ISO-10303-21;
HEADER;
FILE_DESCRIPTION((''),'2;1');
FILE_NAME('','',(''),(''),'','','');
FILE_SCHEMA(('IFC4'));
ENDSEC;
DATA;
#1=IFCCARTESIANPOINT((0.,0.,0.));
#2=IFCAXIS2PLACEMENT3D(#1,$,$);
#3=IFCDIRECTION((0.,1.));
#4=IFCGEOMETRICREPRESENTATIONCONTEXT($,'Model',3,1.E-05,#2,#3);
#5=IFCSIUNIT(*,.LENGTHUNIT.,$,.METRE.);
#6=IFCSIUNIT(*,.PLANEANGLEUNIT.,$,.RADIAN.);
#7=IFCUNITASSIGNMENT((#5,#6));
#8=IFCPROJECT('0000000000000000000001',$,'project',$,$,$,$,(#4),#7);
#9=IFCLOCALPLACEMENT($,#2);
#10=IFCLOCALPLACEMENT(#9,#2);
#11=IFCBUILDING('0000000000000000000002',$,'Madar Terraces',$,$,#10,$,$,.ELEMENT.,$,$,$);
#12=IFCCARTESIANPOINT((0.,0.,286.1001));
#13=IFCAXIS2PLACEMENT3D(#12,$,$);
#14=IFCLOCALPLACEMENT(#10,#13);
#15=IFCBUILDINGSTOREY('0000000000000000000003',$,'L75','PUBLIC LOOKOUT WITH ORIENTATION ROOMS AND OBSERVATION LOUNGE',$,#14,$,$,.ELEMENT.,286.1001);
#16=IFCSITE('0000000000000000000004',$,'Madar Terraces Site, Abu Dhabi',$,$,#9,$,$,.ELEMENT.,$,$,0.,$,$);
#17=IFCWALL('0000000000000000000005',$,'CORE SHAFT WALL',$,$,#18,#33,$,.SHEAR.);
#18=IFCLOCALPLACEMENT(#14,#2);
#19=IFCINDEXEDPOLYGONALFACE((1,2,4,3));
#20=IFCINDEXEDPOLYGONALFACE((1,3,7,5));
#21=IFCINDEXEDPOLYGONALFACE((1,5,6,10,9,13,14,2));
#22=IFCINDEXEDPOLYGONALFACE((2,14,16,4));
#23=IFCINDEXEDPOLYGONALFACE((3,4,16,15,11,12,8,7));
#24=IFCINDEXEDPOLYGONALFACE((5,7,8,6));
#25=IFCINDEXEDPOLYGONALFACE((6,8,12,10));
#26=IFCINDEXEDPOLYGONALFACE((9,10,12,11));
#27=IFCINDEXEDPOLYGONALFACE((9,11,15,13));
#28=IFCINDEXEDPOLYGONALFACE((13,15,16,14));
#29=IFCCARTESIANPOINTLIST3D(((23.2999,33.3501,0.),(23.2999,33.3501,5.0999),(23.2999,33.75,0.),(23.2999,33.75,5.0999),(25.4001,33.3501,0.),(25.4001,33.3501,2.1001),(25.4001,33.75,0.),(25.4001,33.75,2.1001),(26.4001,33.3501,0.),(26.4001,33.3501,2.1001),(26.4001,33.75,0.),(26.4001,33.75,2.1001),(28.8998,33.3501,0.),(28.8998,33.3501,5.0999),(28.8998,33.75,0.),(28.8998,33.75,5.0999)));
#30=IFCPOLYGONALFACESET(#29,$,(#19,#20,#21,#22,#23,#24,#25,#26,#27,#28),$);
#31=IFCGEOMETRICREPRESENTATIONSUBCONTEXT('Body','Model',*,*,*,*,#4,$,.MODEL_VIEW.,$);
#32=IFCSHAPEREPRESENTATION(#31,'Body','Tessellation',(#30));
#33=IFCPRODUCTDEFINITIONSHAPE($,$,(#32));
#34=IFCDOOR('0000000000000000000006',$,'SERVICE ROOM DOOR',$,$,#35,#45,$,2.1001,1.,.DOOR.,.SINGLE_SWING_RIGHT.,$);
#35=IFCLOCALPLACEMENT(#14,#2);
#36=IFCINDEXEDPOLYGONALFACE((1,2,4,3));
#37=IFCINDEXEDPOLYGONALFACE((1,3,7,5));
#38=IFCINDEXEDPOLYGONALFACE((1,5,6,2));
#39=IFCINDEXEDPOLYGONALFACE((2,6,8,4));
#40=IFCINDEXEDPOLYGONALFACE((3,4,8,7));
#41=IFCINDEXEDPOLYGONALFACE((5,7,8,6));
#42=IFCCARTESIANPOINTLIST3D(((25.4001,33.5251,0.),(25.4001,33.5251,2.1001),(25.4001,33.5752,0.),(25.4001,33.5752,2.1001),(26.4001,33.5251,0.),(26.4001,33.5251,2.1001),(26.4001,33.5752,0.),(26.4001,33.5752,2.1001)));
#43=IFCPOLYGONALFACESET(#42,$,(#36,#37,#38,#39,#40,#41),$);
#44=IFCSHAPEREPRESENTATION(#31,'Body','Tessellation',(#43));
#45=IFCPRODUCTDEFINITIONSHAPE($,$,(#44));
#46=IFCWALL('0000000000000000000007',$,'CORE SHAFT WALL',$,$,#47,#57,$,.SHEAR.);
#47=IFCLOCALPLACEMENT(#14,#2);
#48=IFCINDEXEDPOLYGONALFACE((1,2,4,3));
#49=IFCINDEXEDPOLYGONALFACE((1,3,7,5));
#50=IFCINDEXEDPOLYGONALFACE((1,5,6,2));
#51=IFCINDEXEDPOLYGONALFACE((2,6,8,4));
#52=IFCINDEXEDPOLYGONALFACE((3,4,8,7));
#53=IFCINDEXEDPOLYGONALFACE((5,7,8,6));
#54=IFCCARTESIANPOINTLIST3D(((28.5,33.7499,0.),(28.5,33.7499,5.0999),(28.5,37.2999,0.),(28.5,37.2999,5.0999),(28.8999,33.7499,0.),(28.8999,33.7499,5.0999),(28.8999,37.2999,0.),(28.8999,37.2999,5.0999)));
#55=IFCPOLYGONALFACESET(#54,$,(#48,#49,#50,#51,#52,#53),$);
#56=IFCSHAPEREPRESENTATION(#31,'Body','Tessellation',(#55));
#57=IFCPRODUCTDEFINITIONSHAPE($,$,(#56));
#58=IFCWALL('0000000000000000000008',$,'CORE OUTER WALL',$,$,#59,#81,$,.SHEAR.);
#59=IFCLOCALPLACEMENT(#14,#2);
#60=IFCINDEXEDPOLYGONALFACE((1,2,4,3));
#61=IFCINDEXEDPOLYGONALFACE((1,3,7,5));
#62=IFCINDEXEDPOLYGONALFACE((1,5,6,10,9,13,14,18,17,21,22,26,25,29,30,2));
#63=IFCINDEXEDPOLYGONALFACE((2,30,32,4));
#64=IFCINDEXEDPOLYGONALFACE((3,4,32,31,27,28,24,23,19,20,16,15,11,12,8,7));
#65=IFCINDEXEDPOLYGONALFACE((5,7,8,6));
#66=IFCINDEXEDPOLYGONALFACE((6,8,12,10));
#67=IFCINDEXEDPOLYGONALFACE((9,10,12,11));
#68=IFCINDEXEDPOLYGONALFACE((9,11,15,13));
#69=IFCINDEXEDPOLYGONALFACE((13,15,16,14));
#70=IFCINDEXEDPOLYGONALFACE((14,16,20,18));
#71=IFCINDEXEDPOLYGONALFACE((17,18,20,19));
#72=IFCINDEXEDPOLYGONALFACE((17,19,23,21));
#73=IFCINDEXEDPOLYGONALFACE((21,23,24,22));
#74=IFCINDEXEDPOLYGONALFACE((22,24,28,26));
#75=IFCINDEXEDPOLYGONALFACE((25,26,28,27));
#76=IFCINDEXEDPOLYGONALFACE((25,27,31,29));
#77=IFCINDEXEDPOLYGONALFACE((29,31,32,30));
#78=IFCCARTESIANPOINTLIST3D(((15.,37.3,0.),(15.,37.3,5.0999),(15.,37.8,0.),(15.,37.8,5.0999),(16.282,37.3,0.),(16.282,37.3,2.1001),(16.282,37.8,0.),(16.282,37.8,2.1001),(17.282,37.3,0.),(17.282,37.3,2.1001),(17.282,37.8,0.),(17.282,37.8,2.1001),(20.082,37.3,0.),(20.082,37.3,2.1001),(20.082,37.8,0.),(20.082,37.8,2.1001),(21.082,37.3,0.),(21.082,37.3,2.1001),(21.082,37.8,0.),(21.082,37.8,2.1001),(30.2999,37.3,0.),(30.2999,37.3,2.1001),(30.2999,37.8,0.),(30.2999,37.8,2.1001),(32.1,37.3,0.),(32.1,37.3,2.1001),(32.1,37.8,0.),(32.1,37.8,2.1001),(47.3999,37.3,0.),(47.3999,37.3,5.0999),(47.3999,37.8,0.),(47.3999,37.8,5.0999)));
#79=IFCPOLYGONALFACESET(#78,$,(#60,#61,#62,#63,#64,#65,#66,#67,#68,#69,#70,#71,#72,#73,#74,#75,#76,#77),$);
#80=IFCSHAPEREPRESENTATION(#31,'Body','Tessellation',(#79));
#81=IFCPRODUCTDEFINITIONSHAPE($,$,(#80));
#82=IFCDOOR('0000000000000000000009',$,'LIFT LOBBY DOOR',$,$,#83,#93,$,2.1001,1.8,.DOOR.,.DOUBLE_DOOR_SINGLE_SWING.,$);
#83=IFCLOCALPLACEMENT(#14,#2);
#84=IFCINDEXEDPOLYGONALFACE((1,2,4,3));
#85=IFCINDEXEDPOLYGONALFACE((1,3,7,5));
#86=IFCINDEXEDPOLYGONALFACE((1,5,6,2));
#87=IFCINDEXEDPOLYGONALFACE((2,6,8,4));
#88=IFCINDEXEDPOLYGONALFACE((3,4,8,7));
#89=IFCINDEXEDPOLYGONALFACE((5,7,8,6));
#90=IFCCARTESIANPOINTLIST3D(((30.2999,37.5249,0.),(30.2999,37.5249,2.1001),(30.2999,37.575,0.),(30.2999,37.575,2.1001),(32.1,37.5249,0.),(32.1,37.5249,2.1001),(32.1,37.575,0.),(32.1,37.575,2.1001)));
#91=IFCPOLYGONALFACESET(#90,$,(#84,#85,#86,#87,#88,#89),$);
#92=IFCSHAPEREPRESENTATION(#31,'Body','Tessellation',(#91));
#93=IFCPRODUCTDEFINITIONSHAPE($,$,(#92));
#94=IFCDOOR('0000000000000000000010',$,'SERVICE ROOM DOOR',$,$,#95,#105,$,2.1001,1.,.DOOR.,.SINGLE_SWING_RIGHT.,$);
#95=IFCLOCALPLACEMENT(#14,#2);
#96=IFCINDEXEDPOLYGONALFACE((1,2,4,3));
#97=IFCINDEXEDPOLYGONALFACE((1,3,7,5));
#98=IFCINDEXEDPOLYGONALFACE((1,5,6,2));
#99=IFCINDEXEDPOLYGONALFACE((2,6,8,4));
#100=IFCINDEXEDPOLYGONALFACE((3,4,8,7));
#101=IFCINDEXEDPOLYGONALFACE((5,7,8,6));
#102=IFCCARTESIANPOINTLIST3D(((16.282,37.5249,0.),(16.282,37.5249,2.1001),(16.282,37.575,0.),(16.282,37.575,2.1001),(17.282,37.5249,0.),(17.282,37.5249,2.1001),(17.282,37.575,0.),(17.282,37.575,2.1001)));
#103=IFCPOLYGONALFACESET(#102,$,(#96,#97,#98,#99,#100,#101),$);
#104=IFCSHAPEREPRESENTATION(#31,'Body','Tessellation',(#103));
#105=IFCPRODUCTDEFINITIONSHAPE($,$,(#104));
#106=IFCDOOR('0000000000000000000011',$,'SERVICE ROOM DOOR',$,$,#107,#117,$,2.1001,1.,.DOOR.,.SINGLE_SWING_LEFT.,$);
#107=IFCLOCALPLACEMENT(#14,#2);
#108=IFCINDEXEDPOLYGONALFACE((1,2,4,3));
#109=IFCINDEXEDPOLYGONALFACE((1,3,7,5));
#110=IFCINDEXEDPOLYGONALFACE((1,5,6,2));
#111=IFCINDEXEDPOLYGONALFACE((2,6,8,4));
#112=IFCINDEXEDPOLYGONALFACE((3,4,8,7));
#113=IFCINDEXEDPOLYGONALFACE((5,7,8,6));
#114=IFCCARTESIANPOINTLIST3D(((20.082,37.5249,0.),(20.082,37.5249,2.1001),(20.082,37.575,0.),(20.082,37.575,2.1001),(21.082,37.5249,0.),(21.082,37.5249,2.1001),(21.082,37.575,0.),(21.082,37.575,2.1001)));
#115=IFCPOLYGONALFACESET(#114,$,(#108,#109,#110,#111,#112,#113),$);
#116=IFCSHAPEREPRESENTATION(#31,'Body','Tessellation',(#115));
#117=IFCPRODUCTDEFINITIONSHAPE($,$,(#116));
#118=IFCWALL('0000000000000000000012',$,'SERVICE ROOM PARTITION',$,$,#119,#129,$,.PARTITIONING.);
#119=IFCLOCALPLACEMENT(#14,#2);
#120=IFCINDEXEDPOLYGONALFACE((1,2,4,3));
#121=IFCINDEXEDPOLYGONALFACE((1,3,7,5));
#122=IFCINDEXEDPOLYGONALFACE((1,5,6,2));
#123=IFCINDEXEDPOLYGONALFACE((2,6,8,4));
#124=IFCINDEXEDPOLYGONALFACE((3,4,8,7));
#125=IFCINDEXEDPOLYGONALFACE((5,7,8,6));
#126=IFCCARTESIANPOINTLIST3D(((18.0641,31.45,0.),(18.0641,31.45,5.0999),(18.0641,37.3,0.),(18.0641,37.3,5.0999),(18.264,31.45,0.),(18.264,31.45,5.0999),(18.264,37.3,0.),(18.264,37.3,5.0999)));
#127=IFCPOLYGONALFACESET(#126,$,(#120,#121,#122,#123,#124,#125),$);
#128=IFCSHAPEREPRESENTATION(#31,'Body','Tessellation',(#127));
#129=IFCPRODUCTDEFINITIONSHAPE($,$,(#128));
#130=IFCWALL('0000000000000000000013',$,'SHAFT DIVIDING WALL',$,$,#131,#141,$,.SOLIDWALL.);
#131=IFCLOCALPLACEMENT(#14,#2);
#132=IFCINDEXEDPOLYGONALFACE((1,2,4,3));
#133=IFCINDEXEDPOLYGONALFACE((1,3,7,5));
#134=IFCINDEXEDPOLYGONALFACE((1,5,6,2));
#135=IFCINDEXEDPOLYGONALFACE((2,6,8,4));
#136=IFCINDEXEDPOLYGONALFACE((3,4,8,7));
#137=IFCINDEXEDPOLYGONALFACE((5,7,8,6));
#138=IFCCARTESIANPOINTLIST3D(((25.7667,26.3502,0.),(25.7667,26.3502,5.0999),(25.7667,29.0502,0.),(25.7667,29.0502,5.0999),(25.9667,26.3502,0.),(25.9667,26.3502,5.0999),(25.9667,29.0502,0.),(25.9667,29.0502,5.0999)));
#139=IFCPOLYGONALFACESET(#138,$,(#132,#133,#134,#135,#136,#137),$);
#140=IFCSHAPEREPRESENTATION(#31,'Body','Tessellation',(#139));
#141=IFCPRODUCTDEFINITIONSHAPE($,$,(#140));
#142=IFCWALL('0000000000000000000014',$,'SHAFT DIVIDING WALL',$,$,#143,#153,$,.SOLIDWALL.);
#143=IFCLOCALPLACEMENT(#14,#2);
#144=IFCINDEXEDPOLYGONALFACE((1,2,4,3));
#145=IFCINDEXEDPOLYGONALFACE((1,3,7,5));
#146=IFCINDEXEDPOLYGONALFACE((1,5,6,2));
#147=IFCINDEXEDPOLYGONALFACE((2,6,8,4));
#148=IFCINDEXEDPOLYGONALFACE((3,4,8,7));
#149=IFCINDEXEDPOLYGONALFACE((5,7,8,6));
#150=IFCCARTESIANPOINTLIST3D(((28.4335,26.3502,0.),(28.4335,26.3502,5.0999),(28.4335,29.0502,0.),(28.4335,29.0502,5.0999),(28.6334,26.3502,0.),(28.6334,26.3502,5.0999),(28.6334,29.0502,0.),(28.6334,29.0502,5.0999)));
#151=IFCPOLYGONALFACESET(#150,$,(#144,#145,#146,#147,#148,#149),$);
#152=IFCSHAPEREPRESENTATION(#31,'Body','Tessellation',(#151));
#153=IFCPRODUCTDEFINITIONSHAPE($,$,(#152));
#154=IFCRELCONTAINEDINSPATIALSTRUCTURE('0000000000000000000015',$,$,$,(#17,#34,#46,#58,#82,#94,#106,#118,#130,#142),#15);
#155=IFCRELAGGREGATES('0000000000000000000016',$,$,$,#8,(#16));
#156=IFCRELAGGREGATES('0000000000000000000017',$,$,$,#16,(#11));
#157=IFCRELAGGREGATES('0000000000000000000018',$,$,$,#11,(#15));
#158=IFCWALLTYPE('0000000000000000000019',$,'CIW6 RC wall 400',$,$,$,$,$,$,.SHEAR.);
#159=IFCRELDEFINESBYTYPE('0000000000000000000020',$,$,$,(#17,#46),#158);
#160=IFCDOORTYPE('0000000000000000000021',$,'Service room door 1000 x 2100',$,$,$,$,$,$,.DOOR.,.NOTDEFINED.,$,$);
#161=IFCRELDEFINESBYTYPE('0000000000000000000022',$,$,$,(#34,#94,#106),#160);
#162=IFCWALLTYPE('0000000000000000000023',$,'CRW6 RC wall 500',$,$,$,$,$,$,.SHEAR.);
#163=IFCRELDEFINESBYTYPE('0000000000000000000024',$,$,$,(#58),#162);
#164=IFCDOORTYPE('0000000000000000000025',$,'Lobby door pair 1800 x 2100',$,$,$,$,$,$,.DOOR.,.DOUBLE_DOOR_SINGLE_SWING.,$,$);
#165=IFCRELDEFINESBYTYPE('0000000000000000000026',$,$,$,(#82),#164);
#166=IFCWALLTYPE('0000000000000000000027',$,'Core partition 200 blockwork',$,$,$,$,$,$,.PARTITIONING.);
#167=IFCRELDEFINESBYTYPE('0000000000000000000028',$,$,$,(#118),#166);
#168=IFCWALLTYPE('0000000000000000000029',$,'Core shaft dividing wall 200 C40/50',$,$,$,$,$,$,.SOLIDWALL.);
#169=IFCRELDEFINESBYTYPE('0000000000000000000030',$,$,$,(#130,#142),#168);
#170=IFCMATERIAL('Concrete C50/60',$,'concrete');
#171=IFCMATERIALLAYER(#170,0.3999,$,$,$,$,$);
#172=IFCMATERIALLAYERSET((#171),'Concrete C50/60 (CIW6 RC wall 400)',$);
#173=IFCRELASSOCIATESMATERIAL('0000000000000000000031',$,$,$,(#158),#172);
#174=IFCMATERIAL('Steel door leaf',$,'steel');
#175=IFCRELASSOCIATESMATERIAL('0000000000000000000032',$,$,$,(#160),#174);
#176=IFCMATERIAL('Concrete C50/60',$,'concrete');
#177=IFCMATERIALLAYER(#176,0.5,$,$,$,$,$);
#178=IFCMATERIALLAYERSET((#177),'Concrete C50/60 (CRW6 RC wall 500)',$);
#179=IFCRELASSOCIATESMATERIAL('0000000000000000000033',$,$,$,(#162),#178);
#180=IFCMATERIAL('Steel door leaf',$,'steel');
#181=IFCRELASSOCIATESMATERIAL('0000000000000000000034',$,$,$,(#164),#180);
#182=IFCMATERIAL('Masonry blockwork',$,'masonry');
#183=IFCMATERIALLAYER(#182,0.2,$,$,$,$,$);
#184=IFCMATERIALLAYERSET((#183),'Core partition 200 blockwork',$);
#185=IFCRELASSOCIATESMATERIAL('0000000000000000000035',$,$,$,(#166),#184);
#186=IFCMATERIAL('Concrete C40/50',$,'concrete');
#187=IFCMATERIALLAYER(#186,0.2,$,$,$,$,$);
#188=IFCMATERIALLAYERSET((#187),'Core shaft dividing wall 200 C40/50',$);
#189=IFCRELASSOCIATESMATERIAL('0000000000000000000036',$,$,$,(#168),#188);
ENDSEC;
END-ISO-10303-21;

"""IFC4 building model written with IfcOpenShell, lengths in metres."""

from ifc_helpers import new_model, si_unit, direction, frame, frame_2d, origin, place, context, subcontext, project, spatial, rectangle, extrude, material, layer, layer_set, type_object, element, fill, save


model = new_model("IFC4")

# Units and contexts
model_context = context("Model", 3, precision=1e-05, world=origin(), true_north=direction((0.0, 1.0)))
body_context = subcontext(model_context, "Body", "Model", "MODEL_VIEW")
ifc_project = project(units=[si_unit("LENGTHUNIT", "METRE"), si_unit("PLANEANGLEUNIT", "RADIAN")], contexts=[model_context])

# Site, building, storey
site_placement = place(None, origin())
site = spatial("IfcSite", under=ifc_project, at=site_placement, Name="Madar Terraces Site, Abu Dhabi", CompositionType="ELEMENT", RefElevation=0.0)
building_placement = place(site_placement, origin())
building = spatial("IfcBuilding", under=site, at=building_placement, Name="Madar Terraces", CompositionType="ELEMENT")
storey_placement = place(building_placement, frame((0.0, 0.0, 286.1001)))
storey = spatial("IfcBuildingStorey", under=building, at=storey_placement, Name="L75", Description="PUBLIC LOOKOUT WITH ORIENTATION ROOMS AND OBSERVATION LOUNGE", CompositionType="ELEMENT", Elevation=286.1001)

# Shared definitions
ifc_material_1 = material(Name="Concrete C50/60", Category="concrete")
ifc_layer_1 = layer(ifc_material_1, 0.3999)
ifc_layer_set_1 = layer_set([ifc_layer_1], Name="Concrete C50/60 (CIW6 RC wall 400)")
wall_type_1 = type_object("IfcWallType", Name="CIW6 RC wall 400", PredefinedType="SHEAR", material=ifc_layer_set_1)

# Wall, opening, door
wall_1_placement = place(storey_placement, frame((23.3, 33.55, 0.0), z_axis=(0.0, 0.0, 1.0), x_axis=(1.0, 0.0, 0.0)))
wall_1 = element("IfcWall", 1, at=wall_1_placement, inside=storey, type_object=wall_type_1, Name="CORE SHAFT WALL", PredefinedType="SHEAR", context=body_context, shape_type="SweptSolid", body=[
    extrude(rectangle(XDim=5.5999, YDim=0.3999, at=frame_2d((2.7998, 0.0))), origin(), (0.0, 0.0, 1.0), 5.0999),
])
opening_1_placement = place(wall_1_placement, frame((2.1001, 0.0, 0.0)))
opening_1 = element("IfcOpeningElement", 2, at=opening_1_placement, cuts=wall_1, PredefinedType="OPENING", context=body_context, shape_type="SweptSolid", body=[
    extrude(rectangle(XDim=1.0, YDim=2.1001, at=frame_2d((0.5, 1.05))), frame((0.0, 0.21, 0.0), z_axis=(0.0, -1.0, 0.0), x_axis=(1.0, 0.0, 0.0)), (0.0, 0.0, 1.0), 0.4199),
])
ifc_material_2 = material(Name="Steel door leaf", Category="steel")
door_type_1 = type_object("IfcDoorType", Name="Service room door 1000 x 2100", OperationType="NOTDEFINED", PredefinedType="DOOR", material=ifc_material_2)
door_1_placement = place(opening_1_placement, frame((1.0, 0.0, 0.0), z_axis=(0.0, 0.0, 1.0), x_axis=(-1.0, 0.0, 0.0)))
door_1 = element("IfcDoor", 3, at=door_1_placement, inside=storey, type_object=door_type_1, Name="SERVICE ROOM DOOR", OperationType="SINGLE_SWING_RIGHT", OverallHeight=2.1001, OverallWidth=1.0, PredefinedType="DOOR", context=body_context, shape_type="SweptSolid", body=[
    extrude(rectangle(XDim=1.0, YDim=2.1001, at=frame_2d((0.5, 1.05))), frame((0.0, 0.0249, 0.0), z_axis=(0.0, -1.0, 0.0), x_axis=(1.0, 0.0, 0.0)), (0.0, 0.0, 1.0), 0.05),
])
fill(opening_1, door_1)

# Wall
wall_2_placement = place(storey_placement, frame((28.7, 33.75, 0.0), z_axis=(0.0, 0.0, 1.0), x_axis=(0.0, 1.0, 0.0)))
element("IfcWall", 4, at=wall_2_placement, inside=storey, type_object=wall_type_1, Name="CORE SHAFT WALL", PredefinedType="SHEAR", context=body_context, shape_type="SweptSolid", body=[
    extrude(rectangle(XDim=3.55, YDim=0.3999, at=frame_2d((1.7749, 0.0))), origin(), (0.0, 0.0, 1.0), 5.0999),
])

# Wall, openings, doors
ifc_material_3 = material(Name="Concrete C50/60", Category="concrete")
ifc_layer_2 = layer(ifc_material_3, 0.5)
ifc_layer_set_2 = layer_set([ifc_layer_2], Name="Concrete C50/60 (CRW6 RC wall 500)")
wall_type_2 = type_object("IfcWallType", Name="CRW6 RC wall 500", PredefinedType="SHEAR", material=ifc_layer_set_2)
wall_3_placement = place(storey_placement, frame((15.0, 37.55, 0.0), z_axis=(0.0, 0.0, 1.0), x_axis=(1.0, 0.0, 0.0)))
wall_3 = element("IfcWall", 5, at=wall_3_placement, inside=storey, type_object=wall_type_2, Name="CORE OUTER WALL", PredefinedType="SHEAR", context=body_context, shape_type="SweptSolid", body=[
    extrude(rectangle(XDim=32.3999, YDim=0.5, at=frame_2d((16.2, 0.0))), origin(), (0.0, 0.0, 1.0), 5.0999),
])
opening_2_placement = place(wall_3_placement, frame((15.3, 0.0, 0.0)))
opening_2 = element("IfcOpeningElement", 6, at=opening_2_placement, cuts=wall_3, PredefinedType="OPENING", context=body_context, shape_type="SweptSolid", body=[
    extrude(rectangle(XDim=1.8, YDim=2.1001, at=frame_2d((0.8999, 1.05))), frame((0.0, 0.26, 0.0), z_axis=(0.0, -1.0, 0.0), x_axis=(1.0, 0.0, 0.0)), (0.0, 0.0, 1.0), 0.52),
])
opening_3_placement = place(wall_3_placement, frame((1.282, 0.0, 0.0)))
opening_3 = element("IfcOpeningElement", 7, at=opening_3_placement, cuts=wall_3, PredefinedType="OPENING", context=body_context, shape_type="SweptSolid", body=[
    extrude(rectangle(XDim=1.0, YDim=2.1001, at=frame_2d((0.5, 1.05))), frame((0.0, 0.26, 0.0), z_axis=(0.0, -1.0, 0.0), x_axis=(1.0, 0.0, 0.0)), (0.0, 0.0, 1.0), 0.52),
])
opening_4_placement = place(wall_3_placement, frame((5.082, 0.0, 0.0)))
opening_4 = element("IfcOpeningElement", 8, at=opening_4_placement, cuts=wall_3, PredefinedType="OPENING", context=body_context, shape_type="SweptSolid", body=[
    extrude(rectangle(XDim=1.0, YDim=2.1001, at=frame_2d((0.5, 1.05))), frame((0.0, 0.26, 0.0), z_axis=(0.0, -1.0, 0.0), x_axis=(1.0, 0.0, 0.0)), (0.0, 0.0, 1.0), 0.52),
])
ifc_material_4 = material(Name="Steel door leaf", Category="steel")
door_type_2 = type_object("IfcDoorType", Name="Lobby door pair 1800 x 2100", OperationType="DOUBLE_DOOR_SINGLE_SWING", PredefinedType="DOOR", material=ifc_material_4)
door_2_placement = place(opening_2_placement, origin())
door_2 = element("IfcDoor", 9, at=door_2_placement, inside=storey, type_object=door_type_2, Name="LIFT LOBBY DOOR", OperationType="DOUBLE_DOOR_SINGLE_SWING", OverallHeight=2.1001, OverallWidth=1.8, PredefinedType="DOOR", context=body_context, shape_type="SweptSolid", body=[
    extrude(rectangle(XDim=1.8, YDim=2.1001, at=frame_2d((0.8999, 1.05))), frame((0.0, 0.0249, 0.0), z_axis=(0.0, -1.0, 0.0), x_axis=(1.0, 0.0, 0.0)), (0.0, 0.0, 1.0), 0.05),
])
fill(opening_2, door_2)
door_3_placement = place(opening_3_placement, origin())
door_3 = element("IfcDoor", 10, at=door_3_placement, inside=storey, type_object=door_type_1, Name="SERVICE ROOM DOOR", OperationType="SINGLE_SWING_RIGHT", OverallHeight=2.1001, OverallWidth=1.0, PredefinedType="DOOR", context=body_context, shape_type="SweptSolid", body=[
    extrude(rectangle(XDim=1.0, YDim=2.1001, at=frame_2d((0.5, 1.05))), frame((0.0, 0.0249, 0.0), z_axis=(0.0, -1.0, 0.0), x_axis=(1.0, 0.0, 0.0)), (0.0, 0.0, 1.0), 0.05),
])
fill(opening_3, door_3)
door_4_placement = place(opening_4_placement, origin())
door_4 = element("IfcDoor", 11, at=door_4_placement, inside=storey, type_object=door_type_1, Name="SERVICE ROOM DOOR", OperationType="SINGLE_SWING_LEFT", OverallHeight=2.1001, OverallWidth=1.0, PredefinedType="DOOR", context=body_context, shape_type="SweptSolid", body=[
    extrude(rectangle(XDim=1.0, YDim=2.1001, at=frame_2d((0.5, 1.05))), frame((0.0, 0.0249, 0.0), z_axis=(0.0, -1.0, 0.0), x_axis=(1.0, 0.0, 0.0)), (0.0, 0.0, 1.0), 0.05),
])
fill(opening_4, door_4)

# Walls
ifc_material_5 = material(Name="Masonry blockwork", Category="masonry")
ifc_layer_3 = layer(ifc_material_5, 0.2)
ifc_layer_set_3 = layer_set([ifc_layer_3], Name="Core partition 200 blockwork")
wall_type_3 = type_object("IfcWallType", Name="Core partition 200 blockwork", PredefinedType="PARTITIONING", material=ifc_layer_set_3)
wall_4_placement = place(storey_placement, frame((18.1641, 31.45, 0.0), z_axis=(0.0, 0.0, 1.0), x_axis=(0.0, 1.0, 0.0)))
element("IfcWall", 12, at=wall_4_placement, inside=storey, type_object=wall_type_3, Name="SERVICE ROOM PARTITION", PredefinedType="PARTITIONING", context=body_context, shape_type="SweptSolid", body=[
    extrude(rectangle(XDim=5.8501, YDim=0.2, at=frame_2d((2.925, 0.0))), origin(), (0.0, 0.0, 1.0), 5.0999),
])
ifc_material_6 = material(Name="Concrete C40/50", Category="concrete")
ifc_layer_4 = layer(ifc_material_6, 0.2)
ifc_layer_set_4 = layer_set([ifc_layer_4], Name="Core shaft dividing wall 200 C40/50")
wall_type_4 = type_object("IfcWallType", Name="Core shaft dividing wall 200 C40/50", PredefinedType="SOLIDWALL", material=ifc_layer_set_4)
for number, where, z_axis, x_axis, name in (
    (13, (25.8667, 26.3501, 0.0), (0.0, 0.0, 1.0), (0.0, 1.0, 0.0), "SHAFT DIVIDING WALL"),
    (14, (28.5334, 26.3501, 0.0), (0.0, 0.0, 1.0), (0.0, 1.0, 0.0), "SHAFT DIVIDING WALL"),
):
    element("IfcWall", number, at=place(storey_placement, frame(where, z_axis=z_axis, x_axis=x_axis)), inside=storey, type_object=wall_type_4, Name=name, PredefinedType="SOLIDWALL", context=body_context, shape_type="SweptSolid", body=[
        extrude(rectangle(XDim=2.7, YDim=0.2, at=frame_2d((1.3501, 0.0))), origin(), (0.0, 0.0, 1.0), 5.0999),
    ])

save(model, "model.ifc")
